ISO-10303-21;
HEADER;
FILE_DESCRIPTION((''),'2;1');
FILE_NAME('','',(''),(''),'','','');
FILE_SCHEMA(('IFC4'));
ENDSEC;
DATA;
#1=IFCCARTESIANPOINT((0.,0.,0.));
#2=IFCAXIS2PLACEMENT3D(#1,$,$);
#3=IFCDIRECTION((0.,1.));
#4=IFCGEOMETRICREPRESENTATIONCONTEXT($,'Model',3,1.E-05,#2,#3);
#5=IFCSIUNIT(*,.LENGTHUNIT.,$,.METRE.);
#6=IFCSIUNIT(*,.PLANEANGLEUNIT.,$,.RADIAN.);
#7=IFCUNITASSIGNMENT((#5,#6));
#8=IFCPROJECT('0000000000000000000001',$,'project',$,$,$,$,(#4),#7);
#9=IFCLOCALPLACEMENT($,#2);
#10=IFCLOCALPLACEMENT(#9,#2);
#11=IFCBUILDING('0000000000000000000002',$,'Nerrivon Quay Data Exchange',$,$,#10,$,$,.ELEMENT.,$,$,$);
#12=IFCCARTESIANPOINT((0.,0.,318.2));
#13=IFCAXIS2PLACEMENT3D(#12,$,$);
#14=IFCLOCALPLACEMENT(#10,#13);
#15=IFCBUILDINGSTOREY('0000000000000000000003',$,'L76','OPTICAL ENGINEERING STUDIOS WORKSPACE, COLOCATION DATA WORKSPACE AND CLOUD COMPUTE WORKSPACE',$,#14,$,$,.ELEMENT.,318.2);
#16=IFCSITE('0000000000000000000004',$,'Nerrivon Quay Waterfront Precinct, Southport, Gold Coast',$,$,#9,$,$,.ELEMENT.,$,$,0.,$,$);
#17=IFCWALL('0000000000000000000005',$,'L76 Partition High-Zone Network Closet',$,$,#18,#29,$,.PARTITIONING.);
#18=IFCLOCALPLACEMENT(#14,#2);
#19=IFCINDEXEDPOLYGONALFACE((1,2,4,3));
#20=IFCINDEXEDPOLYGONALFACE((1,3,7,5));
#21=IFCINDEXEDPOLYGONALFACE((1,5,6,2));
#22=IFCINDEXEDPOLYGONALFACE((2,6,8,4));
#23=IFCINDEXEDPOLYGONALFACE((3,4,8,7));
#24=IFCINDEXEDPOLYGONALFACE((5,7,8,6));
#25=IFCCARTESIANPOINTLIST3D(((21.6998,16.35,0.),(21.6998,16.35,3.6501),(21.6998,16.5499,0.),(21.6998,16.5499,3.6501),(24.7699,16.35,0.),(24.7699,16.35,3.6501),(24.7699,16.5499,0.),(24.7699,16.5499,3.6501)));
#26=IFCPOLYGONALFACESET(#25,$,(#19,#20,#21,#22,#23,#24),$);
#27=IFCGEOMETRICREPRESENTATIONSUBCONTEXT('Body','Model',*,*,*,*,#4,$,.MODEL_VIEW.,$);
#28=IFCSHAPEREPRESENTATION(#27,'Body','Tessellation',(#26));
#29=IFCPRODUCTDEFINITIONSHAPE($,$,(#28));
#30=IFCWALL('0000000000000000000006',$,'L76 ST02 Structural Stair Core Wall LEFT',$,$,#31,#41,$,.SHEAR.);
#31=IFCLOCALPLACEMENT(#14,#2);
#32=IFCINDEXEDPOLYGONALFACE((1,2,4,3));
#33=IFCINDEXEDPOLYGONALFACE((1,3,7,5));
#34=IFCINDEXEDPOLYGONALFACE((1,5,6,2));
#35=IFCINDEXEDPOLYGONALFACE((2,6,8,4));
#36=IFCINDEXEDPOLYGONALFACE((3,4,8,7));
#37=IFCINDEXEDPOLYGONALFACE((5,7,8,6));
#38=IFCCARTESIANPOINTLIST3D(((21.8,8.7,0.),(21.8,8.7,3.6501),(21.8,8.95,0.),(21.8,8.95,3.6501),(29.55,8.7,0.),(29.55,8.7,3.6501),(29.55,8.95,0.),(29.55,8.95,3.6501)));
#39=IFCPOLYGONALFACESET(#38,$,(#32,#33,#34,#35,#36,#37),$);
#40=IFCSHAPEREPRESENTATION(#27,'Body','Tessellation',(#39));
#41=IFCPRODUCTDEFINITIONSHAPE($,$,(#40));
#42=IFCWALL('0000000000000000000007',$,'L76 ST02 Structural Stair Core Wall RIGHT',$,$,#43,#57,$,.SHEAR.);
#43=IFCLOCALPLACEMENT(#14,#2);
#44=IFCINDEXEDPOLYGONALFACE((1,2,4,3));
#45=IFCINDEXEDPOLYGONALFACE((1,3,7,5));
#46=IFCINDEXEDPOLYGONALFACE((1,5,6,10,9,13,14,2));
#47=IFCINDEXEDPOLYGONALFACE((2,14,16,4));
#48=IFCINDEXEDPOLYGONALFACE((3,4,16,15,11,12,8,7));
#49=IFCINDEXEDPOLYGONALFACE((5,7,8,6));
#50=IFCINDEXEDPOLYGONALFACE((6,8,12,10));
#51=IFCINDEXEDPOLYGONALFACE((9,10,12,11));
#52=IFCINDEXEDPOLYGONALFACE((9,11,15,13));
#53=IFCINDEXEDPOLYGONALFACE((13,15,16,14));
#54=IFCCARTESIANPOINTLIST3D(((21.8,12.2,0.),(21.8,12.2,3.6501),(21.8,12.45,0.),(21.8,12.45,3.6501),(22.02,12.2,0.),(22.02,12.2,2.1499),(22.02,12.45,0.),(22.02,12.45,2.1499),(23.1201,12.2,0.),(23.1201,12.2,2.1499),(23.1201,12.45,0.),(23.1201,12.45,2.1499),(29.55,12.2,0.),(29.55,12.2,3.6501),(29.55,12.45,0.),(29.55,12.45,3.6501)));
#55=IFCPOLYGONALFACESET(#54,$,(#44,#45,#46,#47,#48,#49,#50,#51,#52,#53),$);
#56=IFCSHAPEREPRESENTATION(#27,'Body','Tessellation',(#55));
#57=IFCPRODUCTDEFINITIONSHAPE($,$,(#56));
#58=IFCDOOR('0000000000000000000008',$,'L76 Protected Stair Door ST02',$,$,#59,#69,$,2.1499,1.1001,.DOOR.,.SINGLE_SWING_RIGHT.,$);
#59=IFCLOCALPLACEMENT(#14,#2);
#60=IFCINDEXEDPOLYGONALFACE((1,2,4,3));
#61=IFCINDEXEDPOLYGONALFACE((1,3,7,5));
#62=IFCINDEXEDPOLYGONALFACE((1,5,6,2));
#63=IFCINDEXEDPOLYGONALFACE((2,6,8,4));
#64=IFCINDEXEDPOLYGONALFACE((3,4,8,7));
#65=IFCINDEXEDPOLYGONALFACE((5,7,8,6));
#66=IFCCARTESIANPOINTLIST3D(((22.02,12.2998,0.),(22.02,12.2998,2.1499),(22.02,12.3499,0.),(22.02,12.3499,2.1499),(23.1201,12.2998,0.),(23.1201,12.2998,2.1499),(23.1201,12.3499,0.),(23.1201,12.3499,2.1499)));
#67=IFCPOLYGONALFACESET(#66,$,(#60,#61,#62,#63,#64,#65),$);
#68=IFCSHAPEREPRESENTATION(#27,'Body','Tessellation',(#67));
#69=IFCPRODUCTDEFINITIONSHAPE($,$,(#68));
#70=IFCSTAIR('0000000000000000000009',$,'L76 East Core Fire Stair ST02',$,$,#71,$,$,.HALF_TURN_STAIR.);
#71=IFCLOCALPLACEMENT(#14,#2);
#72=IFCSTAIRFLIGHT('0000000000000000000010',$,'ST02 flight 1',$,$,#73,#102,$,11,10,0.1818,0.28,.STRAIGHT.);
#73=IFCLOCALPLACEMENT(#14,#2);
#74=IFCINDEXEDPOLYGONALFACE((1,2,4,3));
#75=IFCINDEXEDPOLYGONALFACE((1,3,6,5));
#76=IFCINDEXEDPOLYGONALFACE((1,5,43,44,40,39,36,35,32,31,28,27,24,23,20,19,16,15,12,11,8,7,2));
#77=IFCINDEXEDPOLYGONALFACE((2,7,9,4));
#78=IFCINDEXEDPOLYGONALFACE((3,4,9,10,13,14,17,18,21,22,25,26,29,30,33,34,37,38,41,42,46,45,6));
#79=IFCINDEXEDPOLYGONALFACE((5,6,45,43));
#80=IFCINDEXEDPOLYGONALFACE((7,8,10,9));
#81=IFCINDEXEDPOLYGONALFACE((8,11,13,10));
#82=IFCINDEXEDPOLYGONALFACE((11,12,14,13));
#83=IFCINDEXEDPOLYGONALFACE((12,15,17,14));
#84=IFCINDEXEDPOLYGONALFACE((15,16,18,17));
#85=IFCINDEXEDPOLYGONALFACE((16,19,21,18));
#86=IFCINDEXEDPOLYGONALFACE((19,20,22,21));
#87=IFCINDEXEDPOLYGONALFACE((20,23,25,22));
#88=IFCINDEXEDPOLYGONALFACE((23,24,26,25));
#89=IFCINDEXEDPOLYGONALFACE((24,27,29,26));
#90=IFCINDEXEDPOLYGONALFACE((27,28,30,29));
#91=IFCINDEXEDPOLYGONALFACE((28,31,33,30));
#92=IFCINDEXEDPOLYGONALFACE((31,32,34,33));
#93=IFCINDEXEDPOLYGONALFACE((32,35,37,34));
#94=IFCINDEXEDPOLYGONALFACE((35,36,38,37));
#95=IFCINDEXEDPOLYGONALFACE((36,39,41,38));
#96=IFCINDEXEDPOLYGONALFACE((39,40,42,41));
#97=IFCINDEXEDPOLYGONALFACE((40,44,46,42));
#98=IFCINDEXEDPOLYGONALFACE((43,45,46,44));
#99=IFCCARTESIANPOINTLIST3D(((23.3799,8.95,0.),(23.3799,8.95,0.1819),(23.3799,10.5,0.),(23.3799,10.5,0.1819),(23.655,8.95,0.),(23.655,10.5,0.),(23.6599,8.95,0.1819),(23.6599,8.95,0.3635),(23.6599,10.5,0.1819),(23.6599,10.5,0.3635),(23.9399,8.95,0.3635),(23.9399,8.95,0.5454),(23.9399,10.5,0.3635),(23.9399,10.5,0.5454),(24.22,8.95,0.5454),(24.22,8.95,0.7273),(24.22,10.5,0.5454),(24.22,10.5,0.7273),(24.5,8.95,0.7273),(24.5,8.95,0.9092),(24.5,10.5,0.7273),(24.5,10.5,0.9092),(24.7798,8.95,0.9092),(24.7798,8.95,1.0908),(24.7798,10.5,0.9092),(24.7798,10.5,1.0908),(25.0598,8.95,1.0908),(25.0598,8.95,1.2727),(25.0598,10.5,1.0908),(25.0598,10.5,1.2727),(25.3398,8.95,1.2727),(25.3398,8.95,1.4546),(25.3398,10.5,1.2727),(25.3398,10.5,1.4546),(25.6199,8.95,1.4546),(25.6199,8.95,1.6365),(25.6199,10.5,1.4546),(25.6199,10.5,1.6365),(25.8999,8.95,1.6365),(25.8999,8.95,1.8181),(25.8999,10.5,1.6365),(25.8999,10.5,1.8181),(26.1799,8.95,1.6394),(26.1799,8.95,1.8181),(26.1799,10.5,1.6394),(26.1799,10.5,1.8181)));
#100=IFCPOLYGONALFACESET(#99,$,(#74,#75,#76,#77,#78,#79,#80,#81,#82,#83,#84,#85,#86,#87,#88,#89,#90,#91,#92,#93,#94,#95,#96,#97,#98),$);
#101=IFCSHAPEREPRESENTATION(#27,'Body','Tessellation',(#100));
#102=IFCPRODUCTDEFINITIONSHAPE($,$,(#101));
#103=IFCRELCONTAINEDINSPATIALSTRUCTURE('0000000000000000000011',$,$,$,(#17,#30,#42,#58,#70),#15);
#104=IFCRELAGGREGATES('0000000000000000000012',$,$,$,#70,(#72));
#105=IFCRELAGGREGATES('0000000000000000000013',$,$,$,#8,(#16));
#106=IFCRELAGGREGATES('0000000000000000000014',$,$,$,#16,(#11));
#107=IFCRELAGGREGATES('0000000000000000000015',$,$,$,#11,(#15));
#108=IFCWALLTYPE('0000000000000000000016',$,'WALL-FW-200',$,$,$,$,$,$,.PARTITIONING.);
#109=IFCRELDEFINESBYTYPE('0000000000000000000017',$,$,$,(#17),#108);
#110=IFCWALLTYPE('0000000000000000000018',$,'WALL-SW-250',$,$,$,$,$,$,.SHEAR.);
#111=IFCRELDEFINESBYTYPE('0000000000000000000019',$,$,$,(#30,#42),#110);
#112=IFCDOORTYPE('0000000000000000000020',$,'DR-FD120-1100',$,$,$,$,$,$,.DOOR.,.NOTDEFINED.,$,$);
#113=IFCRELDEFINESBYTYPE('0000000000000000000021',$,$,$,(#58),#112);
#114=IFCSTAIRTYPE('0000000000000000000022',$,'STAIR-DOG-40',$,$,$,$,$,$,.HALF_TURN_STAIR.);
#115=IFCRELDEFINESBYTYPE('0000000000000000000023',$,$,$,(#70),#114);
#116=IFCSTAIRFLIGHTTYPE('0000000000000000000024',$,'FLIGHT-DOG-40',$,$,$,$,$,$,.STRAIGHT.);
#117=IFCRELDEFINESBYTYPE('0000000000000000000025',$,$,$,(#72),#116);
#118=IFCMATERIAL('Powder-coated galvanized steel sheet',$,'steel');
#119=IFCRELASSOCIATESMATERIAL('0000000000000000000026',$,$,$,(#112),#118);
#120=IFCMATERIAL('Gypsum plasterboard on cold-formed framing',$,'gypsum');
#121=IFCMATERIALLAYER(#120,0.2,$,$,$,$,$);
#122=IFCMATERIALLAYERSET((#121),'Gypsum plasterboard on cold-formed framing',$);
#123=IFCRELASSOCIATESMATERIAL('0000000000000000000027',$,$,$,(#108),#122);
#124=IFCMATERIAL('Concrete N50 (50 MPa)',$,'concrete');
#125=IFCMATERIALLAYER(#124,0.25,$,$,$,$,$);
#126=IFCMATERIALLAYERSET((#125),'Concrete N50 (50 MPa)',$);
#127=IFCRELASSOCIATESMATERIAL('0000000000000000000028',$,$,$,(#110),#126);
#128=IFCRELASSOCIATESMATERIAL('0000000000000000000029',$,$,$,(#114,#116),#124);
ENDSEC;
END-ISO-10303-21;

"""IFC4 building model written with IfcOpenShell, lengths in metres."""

from ifc_helpers import new_model, si_unit, direction, frame, frame_2d, origin, place, context, subcontext, project, spatial, polyline, rectangle, outline, extrude, material, layer, layer_set, type_object, element, fill, aggregate, save


model = new_model("IFC4")

# Units and contexts
model_context = context("Model", 3, precision=1e-05, world=origin(), true_north=direction((0.0, 1.0)))
body_context = subcontext(model_context, "Body", "Model", "MODEL_VIEW")
ifc_project = project(units=[si_unit("LENGTHUNIT", "METRE"), si_unit("PLANEANGLEUNIT", "RADIAN")], contexts=[model_context])

# Site, building, storey
site_placement = place(None, origin())
site = spatial("IfcSite", under=ifc_project, at=site_placement, Name="Nerrivon Quay Waterfront Precinct, Southport, Gold Coast", CompositionType="ELEMENT", RefElevation=0.0)
building_placement = place(site_placement, origin())
building = spatial("IfcBuilding", under=site, at=building_placement, Name="Nerrivon Quay Data Exchange", CompositionType="ELEMENT")
storey_placement = place(building_placement, frame((0.0, 0.0, 318.2)))
storey = spatial("IfcBuildingStorey", under=building, at=storey_placement, Name="L76", Description="OPTICAL ENGINEERING STUDIOS WORKSPACE, COLOCATION DATA WORKSPACE AND CLOUD COMPUTE WORKSPACE", CompositionType="ELEMENT", Elevation=318.2)

# Shared definitions
ifc_material_1 = material(Name="Concrete N50 (50 MPa)", Category="concrete")

# Shared definitions
ifc_material_2 = material(Name="Powder-coated galvanized steel sheet", Category="steel")
door_type_1 = type_object("IfcDoorType", Name="DR-FD120-1100", OperationType="NOTDEFINED", PredefinedType="DOOR", material=ifc_material_2)

# Shared definitions
ifc_material_3 = material(Name="Gypsum plasterboard on cold-formed framing", Category="gypsum")
ifc_layer_1 = layer(ifc_material_3, 0.2)
ifc_layer_set_1 = layer_set([ifc_layer_1], Name="Gypsum plasterboard on cold-formed framing")
wall_type_1 = type_object("IfcWallType", Name="WALL-FW-200", PredefinedType="PARTITIONING", material=ifc_layer_set_1)

# Wall
wall_1_placement = place(storey_placement, frame((24.77, 16.45, 0.0), z_axis=(0.0, 0.0, 1.0), x_axis=(-1.0, 0.0, 0.0)))
element("IfcWall", 1, at=wall_1_placement, inside=storey, type_object=wall_type_1, Name="L76 Partition High-Zone Network Closet", PredefinedType="PARTITIONING", context=body_context, shape_type="SweptSolid", body=[
    extrude(rectangle(XDim=3.0701, YDim=0.2, at=frame_2d((1.5352, 0.0))), origin(), (0.0, 0.0, 1.0), 3.6501),
])

# Wall
ifc_layer_2 = layer(ifc_material_1, 0.25)
ifc_layer_set_2 = layer_set([ifc_layer_2], Name="Concrete N50 (50 MPa)")
wall_type_2 = type_object("IfcWallType", Name="WALL-SW-250", PredefinedType="SHEAR", material=ifc_layer_set_2)
wall_2_placement = place(storey_placement, frame((21.8, 8.825, 0.0), z_axis=(0.0, 0.0, 1.0), x_axis=(1.0, 0.0, 0.0)))
element("IfcWall", 2, at=wall_2_placement, inside=storey, type_object=wall_type_2, Name="L76 ST02 Structural Stair Core Wall LEFT", PredefinedType="SHEAR", context=body_context, shape_type="SweptSolid", body=[
    extrude(rectangle(XDim=7.75, YDim=0.25, at=frame_2d((3.875, 0.0))), origin(), (0.0, 0.0, 1.0), 3.6501),
])

# Wall, opening, door
wall_3_placement = place(storey_placement, frame((21.8, 12.325, 0.0), z_axis=(0.0, 0.0, 1.0), x_axis=(1.0, 0.0, 0.0)))
wall_3 = element("IfcWall", 3, at=wall_3_placement, inside=storey, type_object=wall_type_2, Name="L76 ST02 Structural Stair Core Wall RIGHT", PredefinedType="SHEAR", context=body_context, shape_type="SweptSolid", body=[
    extrude(rectangle(XDim=7.75, YDim=0.25, at=frame_2d((3.875, 0.0))), origin(), (0.0, 0.0, 1.0), 3.6501),
])
opening_1_placement = place(wall_3_placement, frame((0.22, 0.0, 0.0)))
opening_1 = element("IfcOpeningElement", 4, at=opening_1_placement, cuts=wall_3, PredefinedType="OPENING", context=body_context, shape_type="SweptSolid", body=[
    extrude(rectangle(XDim=1.1001, YDim=2.1499, at=frame_2d((0.55, 1.075))), frame((0.0, 0.135, 0.0), z_axis=(0.0, -1.0, 0.0), x_axis=(1.0, 0.0, 0.0)), (0.0, 0.0, 1.0), 0.27),
])
door_1_placement = place(opening_1_placement, origin())
door_1 = element("IfcDoor", 5, at=door_1_placement, inside=storey, type_object=door_type_1, Name="L76 Protected Stair Door ST02", OperationType="SINGLE_SWING_RIGHT", OverallHeight=2.1499, OverallWidth=1.1001, PredefinedType="DOOR", context=body_context, shape_type="SweptSolid", body=[
    extrude(rectangle(XDim=1.1001, YDim=2.1499, at=frame_2d((0.55, 1.075))), frame((0.0, 0.0249, 0.0), z_axis=(0.0, -1.0, 0.0), x_axis=(1.0, 0.0, 0.0)), (0.0, 0.0, 1.0), 0.05),
])
fill(opening_1, door_1)

# Stair, stair flight
stair_type = type_object("IfcStairType", Name="STAIR-DOG-40", PredefinedType="HALF_TURN_STAIR", material=ifc_material_1)
stair_placement = place(storey_placement, origin())
stair = element("IfcStair", 6, at=stair_placement, inside=storey, type_object=stair_type, Name="L76 East Core Fire Stair ST02", PredefinedType="HALF_TURN_STAIR")
stair_flight_type = type_object("IfcStairFlightType", Name="FLIGHT-DOG-40", PredefinedType="STRAIGHT", material=ifc_material_1)
stair_flight_placement = place(storey_placement, frame((23.3799, 9.7251, 0.0), z_axis=(0.0, 0.0, 1.0), x_axis=(1.0, 0.0, 0.0)))
stair_flight = element("IfcStairFlight", 7, at=stair_flight_placement, type_object=stair_flight_type, Name="ST02 flight 1", NumberOfRisers=11, NumberOfTreads=10, PredefinedType="STRAIGHT", RiserHeight=0.1818, TreadLength=0.28, context=body_context, shape_type="SweptSolid", body=[
    extrude(outline(polyline([(0.0, 0.0), (0.0, 0.1819), (0.28, 0.1819), (0.28, 0.3635), (0.5601, 0.3635), (0.5601, 0.5454), (0.8401, 0.5454), (0.8401, 0.7273), (1.1201, 0.7273), (1.1201, 0.9092), (1.3999, 0.9092), (1.3999, 1.0908), (1.6799, 1.0908), (1.6799, 1.2727), (1.96, 1.2727), (1.96, 1.4546), (2.24, 1.4546), (2.24, 1.6365), (2.52, 1.6365), (2.52, 1.8181), (2.8, 1.8181), (2.8, 2.0), (2.8, 1.6394), (0.2751, 0.0), (0.0, 0.0)])), frame((0.0, 0.7749, 0.0), z_axis=(0.0, -1.0, 0.0), x_axis=(1.0, 0.0, 0.0)), (0.0, 0.0, 1.0), 1.55),
])
aggregate(stair, [stair_flight])

save(model, "model.ifc")
